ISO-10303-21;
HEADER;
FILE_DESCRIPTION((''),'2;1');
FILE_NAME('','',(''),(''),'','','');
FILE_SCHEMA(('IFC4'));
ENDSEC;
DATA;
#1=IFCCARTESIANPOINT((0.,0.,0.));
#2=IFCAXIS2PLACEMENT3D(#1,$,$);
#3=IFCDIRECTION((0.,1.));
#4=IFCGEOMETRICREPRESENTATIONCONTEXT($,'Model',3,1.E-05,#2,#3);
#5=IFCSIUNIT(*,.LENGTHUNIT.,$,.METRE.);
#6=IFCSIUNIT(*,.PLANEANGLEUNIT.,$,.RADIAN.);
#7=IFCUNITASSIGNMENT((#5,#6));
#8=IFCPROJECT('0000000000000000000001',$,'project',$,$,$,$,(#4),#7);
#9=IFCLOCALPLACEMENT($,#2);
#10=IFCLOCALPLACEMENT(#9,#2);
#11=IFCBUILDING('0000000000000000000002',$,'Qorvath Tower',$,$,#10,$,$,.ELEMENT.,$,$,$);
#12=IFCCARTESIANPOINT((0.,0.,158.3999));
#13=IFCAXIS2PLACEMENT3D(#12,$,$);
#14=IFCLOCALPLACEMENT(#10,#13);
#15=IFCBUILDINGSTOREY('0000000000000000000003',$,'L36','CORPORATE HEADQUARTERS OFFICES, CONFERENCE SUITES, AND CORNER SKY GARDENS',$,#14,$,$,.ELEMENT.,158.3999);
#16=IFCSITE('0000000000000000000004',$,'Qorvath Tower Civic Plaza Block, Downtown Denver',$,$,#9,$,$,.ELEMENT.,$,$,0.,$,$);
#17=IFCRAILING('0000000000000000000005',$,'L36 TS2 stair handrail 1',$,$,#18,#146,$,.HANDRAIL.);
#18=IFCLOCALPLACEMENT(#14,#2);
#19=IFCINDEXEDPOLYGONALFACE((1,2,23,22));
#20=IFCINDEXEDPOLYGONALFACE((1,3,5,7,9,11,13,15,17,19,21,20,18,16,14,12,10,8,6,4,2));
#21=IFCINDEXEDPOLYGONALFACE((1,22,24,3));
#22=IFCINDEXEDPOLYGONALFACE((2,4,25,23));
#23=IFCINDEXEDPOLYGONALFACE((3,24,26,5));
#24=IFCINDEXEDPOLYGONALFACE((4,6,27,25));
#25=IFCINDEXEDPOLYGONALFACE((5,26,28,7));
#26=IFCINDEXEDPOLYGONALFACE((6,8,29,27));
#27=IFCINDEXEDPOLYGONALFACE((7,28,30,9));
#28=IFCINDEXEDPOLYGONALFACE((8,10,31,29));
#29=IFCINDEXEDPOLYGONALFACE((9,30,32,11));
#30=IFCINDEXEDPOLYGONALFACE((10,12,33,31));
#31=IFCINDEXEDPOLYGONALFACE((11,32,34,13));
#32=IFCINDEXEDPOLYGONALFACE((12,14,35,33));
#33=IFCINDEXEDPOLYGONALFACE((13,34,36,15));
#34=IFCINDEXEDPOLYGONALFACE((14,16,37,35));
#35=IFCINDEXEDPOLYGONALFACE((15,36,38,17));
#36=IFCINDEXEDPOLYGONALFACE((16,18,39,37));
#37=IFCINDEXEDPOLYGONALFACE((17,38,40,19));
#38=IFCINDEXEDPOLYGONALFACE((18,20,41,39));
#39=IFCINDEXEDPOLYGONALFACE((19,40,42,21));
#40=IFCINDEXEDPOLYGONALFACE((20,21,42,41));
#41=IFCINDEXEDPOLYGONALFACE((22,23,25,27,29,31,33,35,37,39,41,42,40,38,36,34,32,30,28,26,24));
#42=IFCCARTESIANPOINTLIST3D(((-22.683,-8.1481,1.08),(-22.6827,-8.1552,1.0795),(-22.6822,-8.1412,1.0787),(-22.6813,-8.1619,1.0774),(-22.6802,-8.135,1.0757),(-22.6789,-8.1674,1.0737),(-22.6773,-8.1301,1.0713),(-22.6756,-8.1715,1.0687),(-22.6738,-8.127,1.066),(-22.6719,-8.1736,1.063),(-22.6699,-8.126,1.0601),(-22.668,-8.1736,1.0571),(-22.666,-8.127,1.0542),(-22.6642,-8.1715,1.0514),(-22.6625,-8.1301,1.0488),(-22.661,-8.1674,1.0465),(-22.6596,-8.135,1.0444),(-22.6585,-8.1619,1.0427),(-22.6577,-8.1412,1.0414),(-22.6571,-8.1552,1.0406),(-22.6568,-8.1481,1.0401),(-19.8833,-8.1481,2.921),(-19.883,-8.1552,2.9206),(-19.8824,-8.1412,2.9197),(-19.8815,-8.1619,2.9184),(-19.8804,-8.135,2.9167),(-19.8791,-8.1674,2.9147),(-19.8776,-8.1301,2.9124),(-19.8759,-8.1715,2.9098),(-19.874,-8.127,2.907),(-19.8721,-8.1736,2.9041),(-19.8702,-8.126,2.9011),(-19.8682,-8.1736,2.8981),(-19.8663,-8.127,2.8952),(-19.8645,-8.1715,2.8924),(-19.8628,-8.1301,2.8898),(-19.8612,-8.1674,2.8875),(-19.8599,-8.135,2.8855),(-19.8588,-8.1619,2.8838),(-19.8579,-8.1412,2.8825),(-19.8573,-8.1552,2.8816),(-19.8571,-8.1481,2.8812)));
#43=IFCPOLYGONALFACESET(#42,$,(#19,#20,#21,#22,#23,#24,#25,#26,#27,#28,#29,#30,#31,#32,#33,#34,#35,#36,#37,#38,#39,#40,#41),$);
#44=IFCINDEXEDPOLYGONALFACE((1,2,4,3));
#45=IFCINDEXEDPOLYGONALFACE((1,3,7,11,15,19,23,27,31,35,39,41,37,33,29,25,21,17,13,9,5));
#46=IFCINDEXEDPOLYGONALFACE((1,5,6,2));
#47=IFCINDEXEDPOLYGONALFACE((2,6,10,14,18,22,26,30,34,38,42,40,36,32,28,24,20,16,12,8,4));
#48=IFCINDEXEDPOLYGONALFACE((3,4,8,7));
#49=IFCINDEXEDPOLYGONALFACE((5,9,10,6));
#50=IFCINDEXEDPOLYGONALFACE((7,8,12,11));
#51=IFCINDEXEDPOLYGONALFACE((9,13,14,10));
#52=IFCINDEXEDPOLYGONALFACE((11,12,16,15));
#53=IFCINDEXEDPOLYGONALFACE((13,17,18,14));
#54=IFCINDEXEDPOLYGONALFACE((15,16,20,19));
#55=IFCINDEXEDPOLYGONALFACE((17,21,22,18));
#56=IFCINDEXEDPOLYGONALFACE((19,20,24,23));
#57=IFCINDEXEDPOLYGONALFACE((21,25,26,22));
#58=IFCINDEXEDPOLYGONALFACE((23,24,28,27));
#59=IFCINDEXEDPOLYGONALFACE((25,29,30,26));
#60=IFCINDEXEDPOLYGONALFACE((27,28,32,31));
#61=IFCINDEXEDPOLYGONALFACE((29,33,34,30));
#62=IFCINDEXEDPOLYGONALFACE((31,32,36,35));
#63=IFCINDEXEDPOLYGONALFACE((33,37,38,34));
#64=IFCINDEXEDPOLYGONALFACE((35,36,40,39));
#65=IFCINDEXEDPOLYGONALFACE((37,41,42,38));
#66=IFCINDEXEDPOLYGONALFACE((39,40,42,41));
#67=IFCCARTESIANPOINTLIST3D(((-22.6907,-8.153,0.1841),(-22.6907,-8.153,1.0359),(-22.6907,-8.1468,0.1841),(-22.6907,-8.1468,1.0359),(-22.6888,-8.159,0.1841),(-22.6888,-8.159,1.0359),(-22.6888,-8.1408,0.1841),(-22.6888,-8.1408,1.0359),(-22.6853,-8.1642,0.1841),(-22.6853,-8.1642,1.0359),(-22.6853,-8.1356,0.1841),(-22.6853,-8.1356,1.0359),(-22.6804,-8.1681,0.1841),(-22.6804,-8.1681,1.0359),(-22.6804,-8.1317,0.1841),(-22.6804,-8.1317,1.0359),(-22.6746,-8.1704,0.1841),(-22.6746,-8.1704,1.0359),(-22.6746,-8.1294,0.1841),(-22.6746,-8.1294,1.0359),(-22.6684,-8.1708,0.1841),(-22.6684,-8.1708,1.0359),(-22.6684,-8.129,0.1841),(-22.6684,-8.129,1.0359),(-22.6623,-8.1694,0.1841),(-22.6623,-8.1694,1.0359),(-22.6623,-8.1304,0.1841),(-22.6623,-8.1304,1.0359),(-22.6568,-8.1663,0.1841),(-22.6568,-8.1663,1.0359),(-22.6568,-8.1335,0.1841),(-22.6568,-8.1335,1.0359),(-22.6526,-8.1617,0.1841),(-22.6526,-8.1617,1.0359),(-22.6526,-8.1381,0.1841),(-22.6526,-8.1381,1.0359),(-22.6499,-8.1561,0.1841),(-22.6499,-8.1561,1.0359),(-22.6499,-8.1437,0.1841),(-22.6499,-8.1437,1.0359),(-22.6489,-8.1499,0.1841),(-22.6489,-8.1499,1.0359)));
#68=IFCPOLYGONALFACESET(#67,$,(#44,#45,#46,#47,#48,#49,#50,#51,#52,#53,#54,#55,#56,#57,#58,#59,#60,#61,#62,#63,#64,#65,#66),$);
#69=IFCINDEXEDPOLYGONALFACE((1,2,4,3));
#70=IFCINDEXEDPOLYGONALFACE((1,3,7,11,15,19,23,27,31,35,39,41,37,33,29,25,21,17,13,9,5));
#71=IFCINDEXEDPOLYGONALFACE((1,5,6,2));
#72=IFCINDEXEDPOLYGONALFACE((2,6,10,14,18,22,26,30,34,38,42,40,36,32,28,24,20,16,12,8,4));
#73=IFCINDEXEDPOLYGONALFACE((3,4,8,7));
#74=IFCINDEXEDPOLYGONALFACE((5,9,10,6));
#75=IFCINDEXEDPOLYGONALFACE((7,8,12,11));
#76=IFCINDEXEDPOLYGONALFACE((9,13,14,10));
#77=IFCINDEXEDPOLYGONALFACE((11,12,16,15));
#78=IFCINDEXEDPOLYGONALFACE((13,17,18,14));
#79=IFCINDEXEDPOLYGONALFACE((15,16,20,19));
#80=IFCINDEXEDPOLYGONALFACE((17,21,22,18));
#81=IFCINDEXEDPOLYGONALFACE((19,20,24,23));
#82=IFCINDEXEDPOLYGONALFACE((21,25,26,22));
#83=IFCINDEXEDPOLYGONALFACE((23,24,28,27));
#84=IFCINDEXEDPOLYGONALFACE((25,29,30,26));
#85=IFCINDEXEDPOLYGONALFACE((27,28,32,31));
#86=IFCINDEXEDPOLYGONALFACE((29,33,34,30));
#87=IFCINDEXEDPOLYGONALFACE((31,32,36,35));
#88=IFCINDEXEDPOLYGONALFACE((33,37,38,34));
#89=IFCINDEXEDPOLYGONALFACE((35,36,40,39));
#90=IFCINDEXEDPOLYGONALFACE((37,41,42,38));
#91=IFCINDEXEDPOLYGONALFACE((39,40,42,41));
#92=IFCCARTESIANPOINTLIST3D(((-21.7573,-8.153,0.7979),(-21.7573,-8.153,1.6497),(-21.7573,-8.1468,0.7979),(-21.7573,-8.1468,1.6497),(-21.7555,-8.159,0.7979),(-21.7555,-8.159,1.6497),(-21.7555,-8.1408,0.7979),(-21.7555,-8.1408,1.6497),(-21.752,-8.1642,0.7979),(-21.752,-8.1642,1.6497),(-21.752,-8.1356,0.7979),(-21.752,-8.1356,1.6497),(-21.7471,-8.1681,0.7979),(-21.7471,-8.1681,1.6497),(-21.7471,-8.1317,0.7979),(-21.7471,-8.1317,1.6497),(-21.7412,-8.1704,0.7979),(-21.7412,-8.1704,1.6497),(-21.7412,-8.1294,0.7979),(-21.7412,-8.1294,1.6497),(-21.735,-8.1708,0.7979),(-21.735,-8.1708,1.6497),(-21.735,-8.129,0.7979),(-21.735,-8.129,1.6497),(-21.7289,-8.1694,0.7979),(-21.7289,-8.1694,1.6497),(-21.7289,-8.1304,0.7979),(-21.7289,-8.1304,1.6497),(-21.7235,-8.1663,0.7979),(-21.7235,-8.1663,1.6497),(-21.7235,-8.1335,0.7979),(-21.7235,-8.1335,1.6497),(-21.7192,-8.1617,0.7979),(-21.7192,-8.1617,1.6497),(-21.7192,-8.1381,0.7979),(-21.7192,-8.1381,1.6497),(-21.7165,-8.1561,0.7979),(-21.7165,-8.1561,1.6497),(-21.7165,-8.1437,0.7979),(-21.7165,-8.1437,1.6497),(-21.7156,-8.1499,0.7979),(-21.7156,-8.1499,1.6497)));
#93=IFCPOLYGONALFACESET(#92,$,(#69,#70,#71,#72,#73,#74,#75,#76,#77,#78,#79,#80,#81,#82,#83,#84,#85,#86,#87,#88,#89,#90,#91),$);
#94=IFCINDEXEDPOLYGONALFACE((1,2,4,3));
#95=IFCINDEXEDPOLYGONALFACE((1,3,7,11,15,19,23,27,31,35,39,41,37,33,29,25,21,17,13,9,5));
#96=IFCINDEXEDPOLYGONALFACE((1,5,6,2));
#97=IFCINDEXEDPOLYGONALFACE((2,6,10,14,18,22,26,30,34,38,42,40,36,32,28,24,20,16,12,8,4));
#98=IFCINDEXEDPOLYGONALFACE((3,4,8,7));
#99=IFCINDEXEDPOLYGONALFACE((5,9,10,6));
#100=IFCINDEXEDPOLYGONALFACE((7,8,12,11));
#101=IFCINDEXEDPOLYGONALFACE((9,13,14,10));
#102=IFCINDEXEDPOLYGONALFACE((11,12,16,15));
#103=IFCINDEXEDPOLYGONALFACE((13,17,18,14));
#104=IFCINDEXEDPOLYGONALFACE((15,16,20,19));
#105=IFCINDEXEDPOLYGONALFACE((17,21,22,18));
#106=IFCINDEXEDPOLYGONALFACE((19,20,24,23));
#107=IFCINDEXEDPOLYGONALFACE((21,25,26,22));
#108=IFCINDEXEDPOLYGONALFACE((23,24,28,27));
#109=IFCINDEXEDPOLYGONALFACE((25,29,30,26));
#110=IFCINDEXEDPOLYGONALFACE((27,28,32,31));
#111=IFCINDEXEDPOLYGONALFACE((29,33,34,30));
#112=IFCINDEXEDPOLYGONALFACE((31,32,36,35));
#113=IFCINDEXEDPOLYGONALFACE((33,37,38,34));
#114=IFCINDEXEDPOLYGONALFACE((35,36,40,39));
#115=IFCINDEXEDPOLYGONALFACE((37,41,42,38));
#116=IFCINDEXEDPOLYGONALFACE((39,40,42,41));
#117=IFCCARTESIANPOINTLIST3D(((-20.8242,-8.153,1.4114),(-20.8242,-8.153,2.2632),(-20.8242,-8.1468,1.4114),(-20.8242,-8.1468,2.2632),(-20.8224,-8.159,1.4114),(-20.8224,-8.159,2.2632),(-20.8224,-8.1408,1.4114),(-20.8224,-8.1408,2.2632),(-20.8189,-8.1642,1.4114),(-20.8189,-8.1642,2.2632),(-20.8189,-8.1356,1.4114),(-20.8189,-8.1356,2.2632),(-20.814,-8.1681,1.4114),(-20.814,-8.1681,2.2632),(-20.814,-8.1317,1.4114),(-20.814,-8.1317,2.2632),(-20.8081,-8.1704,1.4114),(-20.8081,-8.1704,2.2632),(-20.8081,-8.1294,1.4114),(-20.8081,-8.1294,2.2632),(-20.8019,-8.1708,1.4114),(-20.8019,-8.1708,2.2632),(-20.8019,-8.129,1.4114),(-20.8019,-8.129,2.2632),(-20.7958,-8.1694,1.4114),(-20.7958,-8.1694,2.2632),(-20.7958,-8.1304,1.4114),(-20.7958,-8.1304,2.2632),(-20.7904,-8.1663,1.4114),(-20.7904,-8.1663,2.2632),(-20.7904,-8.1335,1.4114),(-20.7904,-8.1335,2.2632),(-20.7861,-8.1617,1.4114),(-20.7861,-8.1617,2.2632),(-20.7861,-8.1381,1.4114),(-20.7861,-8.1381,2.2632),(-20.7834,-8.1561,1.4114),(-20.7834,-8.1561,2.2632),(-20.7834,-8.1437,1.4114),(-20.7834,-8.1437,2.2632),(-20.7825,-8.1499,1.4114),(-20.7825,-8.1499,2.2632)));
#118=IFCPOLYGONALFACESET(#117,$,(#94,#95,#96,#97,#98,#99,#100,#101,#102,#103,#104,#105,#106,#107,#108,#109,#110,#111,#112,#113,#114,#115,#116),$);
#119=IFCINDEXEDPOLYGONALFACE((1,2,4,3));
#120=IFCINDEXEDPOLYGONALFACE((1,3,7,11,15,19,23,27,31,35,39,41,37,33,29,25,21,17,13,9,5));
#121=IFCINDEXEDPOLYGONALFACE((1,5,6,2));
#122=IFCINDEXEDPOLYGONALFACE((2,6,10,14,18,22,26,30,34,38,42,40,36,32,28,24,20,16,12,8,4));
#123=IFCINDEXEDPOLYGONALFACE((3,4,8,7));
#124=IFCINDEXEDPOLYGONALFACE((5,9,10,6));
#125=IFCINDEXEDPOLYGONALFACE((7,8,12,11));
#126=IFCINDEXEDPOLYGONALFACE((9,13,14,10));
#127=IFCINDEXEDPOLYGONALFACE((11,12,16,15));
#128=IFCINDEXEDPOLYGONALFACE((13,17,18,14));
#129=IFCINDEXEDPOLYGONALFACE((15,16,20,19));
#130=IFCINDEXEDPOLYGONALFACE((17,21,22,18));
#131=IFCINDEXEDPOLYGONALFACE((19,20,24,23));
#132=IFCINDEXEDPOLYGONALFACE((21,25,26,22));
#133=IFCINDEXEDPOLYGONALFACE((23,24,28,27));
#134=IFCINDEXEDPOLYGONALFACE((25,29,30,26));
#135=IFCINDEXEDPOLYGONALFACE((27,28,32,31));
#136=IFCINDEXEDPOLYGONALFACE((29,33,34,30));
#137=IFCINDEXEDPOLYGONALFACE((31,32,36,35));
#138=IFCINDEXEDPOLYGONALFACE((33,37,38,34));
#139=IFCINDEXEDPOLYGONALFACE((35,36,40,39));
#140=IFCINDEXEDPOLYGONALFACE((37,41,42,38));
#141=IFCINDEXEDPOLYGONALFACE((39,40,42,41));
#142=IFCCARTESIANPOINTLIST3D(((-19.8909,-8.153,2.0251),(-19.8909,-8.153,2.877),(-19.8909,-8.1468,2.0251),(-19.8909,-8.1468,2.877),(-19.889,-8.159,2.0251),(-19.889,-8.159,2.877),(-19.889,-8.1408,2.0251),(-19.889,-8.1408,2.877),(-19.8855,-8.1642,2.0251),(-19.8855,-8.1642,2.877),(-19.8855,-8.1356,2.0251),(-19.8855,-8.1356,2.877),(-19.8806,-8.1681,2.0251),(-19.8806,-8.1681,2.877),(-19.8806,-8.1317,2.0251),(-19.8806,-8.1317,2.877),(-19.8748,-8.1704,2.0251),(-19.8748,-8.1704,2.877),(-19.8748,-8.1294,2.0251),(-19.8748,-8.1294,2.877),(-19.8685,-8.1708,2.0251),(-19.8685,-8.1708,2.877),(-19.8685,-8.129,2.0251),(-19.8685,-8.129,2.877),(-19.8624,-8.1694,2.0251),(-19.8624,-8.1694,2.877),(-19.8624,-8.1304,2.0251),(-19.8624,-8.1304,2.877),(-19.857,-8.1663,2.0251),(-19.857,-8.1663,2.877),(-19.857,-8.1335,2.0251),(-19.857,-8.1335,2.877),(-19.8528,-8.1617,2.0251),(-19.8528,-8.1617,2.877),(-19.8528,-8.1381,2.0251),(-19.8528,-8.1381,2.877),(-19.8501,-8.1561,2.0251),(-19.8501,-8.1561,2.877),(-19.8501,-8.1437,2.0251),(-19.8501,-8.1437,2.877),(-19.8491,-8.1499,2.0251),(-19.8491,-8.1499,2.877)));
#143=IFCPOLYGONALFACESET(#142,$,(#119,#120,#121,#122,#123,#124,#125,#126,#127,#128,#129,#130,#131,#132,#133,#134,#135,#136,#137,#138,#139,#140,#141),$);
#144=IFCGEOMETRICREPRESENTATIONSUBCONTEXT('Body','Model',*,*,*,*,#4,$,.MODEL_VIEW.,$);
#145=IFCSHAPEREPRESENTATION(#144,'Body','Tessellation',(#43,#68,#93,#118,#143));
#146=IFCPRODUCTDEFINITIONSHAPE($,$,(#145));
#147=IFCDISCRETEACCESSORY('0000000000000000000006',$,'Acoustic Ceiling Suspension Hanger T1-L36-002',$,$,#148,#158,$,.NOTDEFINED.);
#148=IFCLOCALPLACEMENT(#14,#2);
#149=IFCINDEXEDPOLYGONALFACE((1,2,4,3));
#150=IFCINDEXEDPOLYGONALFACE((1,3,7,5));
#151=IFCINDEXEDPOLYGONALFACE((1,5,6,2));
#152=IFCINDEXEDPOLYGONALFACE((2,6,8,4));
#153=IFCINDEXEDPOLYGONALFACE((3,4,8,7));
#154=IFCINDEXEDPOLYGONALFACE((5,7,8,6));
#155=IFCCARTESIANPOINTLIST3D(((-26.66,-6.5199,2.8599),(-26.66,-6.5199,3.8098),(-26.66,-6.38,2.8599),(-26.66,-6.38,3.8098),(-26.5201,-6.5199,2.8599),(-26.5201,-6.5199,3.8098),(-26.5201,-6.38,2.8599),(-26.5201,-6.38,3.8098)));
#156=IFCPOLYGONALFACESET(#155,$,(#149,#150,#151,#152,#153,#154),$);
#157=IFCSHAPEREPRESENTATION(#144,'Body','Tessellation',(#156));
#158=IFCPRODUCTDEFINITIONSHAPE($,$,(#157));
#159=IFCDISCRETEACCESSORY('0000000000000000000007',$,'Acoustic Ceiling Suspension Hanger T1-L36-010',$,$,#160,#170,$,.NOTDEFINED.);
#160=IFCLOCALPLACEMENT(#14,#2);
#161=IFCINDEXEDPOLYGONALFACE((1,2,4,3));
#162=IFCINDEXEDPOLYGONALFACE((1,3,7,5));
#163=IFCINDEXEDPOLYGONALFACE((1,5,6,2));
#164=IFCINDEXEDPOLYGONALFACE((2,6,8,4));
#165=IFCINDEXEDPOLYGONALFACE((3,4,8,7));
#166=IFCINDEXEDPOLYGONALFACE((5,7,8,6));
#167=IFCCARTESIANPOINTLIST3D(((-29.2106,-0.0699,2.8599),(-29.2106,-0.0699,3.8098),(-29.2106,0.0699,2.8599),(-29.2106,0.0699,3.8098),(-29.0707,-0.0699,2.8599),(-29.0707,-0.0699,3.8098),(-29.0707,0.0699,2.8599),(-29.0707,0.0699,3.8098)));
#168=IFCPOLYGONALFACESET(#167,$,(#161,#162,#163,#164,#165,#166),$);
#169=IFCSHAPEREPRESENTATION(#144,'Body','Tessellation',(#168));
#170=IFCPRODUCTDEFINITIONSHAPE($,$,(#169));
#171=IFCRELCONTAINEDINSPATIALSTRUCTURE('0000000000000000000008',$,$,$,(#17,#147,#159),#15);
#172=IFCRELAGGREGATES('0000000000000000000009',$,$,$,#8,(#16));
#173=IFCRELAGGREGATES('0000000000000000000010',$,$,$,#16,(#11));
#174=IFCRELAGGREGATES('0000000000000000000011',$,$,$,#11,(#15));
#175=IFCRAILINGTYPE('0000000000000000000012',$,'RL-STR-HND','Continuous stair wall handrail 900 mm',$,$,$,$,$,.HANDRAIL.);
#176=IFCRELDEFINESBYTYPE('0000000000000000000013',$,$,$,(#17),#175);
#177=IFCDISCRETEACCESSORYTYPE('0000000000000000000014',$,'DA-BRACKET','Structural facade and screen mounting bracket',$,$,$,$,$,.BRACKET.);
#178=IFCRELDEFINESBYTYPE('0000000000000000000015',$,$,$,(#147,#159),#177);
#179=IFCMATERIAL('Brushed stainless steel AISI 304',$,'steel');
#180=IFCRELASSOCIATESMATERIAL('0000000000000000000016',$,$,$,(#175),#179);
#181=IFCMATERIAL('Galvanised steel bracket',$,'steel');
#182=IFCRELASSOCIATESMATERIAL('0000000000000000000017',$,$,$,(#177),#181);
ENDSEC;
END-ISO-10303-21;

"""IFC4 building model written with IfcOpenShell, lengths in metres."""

from ifc_helpers import new_model, si_unit, direction, frame, origin, origin_2d, place, context, subcontext, project, spatial, rectangle, circle, extrude, material, type_object, element, save


model = new_model("IFC4")

# Units and contexts
model_context = context("Model", 3, precision=1e-05, world=origin(), true_north=direction((0.0, 1.0)))
body_context = subcontext(model_context, "Body", "Model", "MODEL_VIEW")
ifc_project = project(units=[si_unit("LENGTHUNIT", "METRE"), si_unit("PLANEANGLEUNIT", "RADIAN")], contexts=[model_context])

# Site, building, storey
site_placement = place(None, origin())
site = spatial("IfcSite", under=ifc_project, at=site_placement, Name="Qorvath Tower Civic Plaza Block, Downtown Denver", CompositionType="ELEMENT", RefElevation=0.0)
building_placement = place(site_placement, origin())
building = spatial("IfcBuilding", under=site, at=building_placement, Name="Qorvath Tower", CompositionType="ELEMENT")
storey_placement = place(building_placement, frame((0.0, 0.0, 158.3999)))
storey = spatial("IfcBuildingStorey", under=building, at=storey_placement, Name="L36", Description="CORPORATE HEADQUARTERS OFFICES, CONFERENCE SUITES, AND CORNER SKY GARDENS", CompositionType="ELEMENT", Elevation=158.3999)

# Railing
ifc_material_1 = material(Name="Brushed stainless steel AISI 304", Category="steel")
railing_type_1 = type_object("IfcRailingType", Name="RL-STR-HND", Description="Continuous stair wall handrail 900 mm", PredefinedType="HANDRAIL", material=ifc_material_1)
railing_1_placement = place(storey_placement, frame((-22.6699, -8.1499, 0.1841)))
element("IfcRailing", 1, at=railing_1_placement, inside=storey, type_object=railing_type_1, Name="L36 TS2 stair handrail 1", PredefinedType="HANDRAIL", context=body_context, shape_type="SweptSolid", body=[
    extrude(circle(Radius=0.0239, at=origin_2d()), frame((0.0, 0.0, 0.876), z_axis=(0.835542, 0.0, 0.549426), x_axis=(0.0, 1.0, 0.0)), (0.0, 0.0, 1.0), 3.3508),
    extrude(circle(Radius=0.021, at=origin_2d()), origin(), (0.0, 0.0, 1.0), 0.8518),
    extrude(circle(Radius=0.021, at=origin_2d()), frame((0.9333, 0.0, 0.6138)), (0.0, 0.0, 1.0), 0.8518),
    extrude(circle(Radius=0.021, at=origin_2d()), frame((1.8665, 0.0, 1.2273)), (0.0, 0.0, 1.0), 0.8518),
    extrude(circle(Radius=0.021, at=origin_2d()), frame((2.7998, 0.0, 1.8411)), (0.0, 0.0, 1.0), 0.8518),
])

# Discrete accessories
ifc_material_2 = material(Name="Galvanised steel bracket", Category="steel")
discrete_accessory_type = type_object("IfcDiscreteAccessoryType", Name="DA-BRACKET", Description="Structural facade and screen mounting bracket", PredefinedType="BRACKET", material=ifc_material_2)
for number, where, z_axis, x_axis, name in (
    (2, (-26.5901, -6.45, 2.8599), (0.0, 0.0, 1.0), (1.0, 0.0, 0.0), "Acoustic Ceiling Suspension Hanger T1-L36-002"),
    (3, (-29.1406, 0.0, 2.8599), (0.0, 0.0, 1.0), (1.0, 0.0, 0.0), "Acoustic Ceiling Suspension Hanger T1-L36-010"),
):
    element("IfcDiscreteAccessory", number, at=place(storey_placement, frame(where, z_axis=z_axis, x_axis=x_axis)), inside=storey, type_object=discrete_accessory_type, Name=name, PredefinedType="NOTDEFINED", context=body_context, shape_type="SweptSolid", body=[
        extrude(rectangle(XDim=0.1399, YDim=0.1399, at=origin_2d()), origin(), (0.0, 0.0, 1.0), 0.95),
    ])

save(model, "model.ifc")
